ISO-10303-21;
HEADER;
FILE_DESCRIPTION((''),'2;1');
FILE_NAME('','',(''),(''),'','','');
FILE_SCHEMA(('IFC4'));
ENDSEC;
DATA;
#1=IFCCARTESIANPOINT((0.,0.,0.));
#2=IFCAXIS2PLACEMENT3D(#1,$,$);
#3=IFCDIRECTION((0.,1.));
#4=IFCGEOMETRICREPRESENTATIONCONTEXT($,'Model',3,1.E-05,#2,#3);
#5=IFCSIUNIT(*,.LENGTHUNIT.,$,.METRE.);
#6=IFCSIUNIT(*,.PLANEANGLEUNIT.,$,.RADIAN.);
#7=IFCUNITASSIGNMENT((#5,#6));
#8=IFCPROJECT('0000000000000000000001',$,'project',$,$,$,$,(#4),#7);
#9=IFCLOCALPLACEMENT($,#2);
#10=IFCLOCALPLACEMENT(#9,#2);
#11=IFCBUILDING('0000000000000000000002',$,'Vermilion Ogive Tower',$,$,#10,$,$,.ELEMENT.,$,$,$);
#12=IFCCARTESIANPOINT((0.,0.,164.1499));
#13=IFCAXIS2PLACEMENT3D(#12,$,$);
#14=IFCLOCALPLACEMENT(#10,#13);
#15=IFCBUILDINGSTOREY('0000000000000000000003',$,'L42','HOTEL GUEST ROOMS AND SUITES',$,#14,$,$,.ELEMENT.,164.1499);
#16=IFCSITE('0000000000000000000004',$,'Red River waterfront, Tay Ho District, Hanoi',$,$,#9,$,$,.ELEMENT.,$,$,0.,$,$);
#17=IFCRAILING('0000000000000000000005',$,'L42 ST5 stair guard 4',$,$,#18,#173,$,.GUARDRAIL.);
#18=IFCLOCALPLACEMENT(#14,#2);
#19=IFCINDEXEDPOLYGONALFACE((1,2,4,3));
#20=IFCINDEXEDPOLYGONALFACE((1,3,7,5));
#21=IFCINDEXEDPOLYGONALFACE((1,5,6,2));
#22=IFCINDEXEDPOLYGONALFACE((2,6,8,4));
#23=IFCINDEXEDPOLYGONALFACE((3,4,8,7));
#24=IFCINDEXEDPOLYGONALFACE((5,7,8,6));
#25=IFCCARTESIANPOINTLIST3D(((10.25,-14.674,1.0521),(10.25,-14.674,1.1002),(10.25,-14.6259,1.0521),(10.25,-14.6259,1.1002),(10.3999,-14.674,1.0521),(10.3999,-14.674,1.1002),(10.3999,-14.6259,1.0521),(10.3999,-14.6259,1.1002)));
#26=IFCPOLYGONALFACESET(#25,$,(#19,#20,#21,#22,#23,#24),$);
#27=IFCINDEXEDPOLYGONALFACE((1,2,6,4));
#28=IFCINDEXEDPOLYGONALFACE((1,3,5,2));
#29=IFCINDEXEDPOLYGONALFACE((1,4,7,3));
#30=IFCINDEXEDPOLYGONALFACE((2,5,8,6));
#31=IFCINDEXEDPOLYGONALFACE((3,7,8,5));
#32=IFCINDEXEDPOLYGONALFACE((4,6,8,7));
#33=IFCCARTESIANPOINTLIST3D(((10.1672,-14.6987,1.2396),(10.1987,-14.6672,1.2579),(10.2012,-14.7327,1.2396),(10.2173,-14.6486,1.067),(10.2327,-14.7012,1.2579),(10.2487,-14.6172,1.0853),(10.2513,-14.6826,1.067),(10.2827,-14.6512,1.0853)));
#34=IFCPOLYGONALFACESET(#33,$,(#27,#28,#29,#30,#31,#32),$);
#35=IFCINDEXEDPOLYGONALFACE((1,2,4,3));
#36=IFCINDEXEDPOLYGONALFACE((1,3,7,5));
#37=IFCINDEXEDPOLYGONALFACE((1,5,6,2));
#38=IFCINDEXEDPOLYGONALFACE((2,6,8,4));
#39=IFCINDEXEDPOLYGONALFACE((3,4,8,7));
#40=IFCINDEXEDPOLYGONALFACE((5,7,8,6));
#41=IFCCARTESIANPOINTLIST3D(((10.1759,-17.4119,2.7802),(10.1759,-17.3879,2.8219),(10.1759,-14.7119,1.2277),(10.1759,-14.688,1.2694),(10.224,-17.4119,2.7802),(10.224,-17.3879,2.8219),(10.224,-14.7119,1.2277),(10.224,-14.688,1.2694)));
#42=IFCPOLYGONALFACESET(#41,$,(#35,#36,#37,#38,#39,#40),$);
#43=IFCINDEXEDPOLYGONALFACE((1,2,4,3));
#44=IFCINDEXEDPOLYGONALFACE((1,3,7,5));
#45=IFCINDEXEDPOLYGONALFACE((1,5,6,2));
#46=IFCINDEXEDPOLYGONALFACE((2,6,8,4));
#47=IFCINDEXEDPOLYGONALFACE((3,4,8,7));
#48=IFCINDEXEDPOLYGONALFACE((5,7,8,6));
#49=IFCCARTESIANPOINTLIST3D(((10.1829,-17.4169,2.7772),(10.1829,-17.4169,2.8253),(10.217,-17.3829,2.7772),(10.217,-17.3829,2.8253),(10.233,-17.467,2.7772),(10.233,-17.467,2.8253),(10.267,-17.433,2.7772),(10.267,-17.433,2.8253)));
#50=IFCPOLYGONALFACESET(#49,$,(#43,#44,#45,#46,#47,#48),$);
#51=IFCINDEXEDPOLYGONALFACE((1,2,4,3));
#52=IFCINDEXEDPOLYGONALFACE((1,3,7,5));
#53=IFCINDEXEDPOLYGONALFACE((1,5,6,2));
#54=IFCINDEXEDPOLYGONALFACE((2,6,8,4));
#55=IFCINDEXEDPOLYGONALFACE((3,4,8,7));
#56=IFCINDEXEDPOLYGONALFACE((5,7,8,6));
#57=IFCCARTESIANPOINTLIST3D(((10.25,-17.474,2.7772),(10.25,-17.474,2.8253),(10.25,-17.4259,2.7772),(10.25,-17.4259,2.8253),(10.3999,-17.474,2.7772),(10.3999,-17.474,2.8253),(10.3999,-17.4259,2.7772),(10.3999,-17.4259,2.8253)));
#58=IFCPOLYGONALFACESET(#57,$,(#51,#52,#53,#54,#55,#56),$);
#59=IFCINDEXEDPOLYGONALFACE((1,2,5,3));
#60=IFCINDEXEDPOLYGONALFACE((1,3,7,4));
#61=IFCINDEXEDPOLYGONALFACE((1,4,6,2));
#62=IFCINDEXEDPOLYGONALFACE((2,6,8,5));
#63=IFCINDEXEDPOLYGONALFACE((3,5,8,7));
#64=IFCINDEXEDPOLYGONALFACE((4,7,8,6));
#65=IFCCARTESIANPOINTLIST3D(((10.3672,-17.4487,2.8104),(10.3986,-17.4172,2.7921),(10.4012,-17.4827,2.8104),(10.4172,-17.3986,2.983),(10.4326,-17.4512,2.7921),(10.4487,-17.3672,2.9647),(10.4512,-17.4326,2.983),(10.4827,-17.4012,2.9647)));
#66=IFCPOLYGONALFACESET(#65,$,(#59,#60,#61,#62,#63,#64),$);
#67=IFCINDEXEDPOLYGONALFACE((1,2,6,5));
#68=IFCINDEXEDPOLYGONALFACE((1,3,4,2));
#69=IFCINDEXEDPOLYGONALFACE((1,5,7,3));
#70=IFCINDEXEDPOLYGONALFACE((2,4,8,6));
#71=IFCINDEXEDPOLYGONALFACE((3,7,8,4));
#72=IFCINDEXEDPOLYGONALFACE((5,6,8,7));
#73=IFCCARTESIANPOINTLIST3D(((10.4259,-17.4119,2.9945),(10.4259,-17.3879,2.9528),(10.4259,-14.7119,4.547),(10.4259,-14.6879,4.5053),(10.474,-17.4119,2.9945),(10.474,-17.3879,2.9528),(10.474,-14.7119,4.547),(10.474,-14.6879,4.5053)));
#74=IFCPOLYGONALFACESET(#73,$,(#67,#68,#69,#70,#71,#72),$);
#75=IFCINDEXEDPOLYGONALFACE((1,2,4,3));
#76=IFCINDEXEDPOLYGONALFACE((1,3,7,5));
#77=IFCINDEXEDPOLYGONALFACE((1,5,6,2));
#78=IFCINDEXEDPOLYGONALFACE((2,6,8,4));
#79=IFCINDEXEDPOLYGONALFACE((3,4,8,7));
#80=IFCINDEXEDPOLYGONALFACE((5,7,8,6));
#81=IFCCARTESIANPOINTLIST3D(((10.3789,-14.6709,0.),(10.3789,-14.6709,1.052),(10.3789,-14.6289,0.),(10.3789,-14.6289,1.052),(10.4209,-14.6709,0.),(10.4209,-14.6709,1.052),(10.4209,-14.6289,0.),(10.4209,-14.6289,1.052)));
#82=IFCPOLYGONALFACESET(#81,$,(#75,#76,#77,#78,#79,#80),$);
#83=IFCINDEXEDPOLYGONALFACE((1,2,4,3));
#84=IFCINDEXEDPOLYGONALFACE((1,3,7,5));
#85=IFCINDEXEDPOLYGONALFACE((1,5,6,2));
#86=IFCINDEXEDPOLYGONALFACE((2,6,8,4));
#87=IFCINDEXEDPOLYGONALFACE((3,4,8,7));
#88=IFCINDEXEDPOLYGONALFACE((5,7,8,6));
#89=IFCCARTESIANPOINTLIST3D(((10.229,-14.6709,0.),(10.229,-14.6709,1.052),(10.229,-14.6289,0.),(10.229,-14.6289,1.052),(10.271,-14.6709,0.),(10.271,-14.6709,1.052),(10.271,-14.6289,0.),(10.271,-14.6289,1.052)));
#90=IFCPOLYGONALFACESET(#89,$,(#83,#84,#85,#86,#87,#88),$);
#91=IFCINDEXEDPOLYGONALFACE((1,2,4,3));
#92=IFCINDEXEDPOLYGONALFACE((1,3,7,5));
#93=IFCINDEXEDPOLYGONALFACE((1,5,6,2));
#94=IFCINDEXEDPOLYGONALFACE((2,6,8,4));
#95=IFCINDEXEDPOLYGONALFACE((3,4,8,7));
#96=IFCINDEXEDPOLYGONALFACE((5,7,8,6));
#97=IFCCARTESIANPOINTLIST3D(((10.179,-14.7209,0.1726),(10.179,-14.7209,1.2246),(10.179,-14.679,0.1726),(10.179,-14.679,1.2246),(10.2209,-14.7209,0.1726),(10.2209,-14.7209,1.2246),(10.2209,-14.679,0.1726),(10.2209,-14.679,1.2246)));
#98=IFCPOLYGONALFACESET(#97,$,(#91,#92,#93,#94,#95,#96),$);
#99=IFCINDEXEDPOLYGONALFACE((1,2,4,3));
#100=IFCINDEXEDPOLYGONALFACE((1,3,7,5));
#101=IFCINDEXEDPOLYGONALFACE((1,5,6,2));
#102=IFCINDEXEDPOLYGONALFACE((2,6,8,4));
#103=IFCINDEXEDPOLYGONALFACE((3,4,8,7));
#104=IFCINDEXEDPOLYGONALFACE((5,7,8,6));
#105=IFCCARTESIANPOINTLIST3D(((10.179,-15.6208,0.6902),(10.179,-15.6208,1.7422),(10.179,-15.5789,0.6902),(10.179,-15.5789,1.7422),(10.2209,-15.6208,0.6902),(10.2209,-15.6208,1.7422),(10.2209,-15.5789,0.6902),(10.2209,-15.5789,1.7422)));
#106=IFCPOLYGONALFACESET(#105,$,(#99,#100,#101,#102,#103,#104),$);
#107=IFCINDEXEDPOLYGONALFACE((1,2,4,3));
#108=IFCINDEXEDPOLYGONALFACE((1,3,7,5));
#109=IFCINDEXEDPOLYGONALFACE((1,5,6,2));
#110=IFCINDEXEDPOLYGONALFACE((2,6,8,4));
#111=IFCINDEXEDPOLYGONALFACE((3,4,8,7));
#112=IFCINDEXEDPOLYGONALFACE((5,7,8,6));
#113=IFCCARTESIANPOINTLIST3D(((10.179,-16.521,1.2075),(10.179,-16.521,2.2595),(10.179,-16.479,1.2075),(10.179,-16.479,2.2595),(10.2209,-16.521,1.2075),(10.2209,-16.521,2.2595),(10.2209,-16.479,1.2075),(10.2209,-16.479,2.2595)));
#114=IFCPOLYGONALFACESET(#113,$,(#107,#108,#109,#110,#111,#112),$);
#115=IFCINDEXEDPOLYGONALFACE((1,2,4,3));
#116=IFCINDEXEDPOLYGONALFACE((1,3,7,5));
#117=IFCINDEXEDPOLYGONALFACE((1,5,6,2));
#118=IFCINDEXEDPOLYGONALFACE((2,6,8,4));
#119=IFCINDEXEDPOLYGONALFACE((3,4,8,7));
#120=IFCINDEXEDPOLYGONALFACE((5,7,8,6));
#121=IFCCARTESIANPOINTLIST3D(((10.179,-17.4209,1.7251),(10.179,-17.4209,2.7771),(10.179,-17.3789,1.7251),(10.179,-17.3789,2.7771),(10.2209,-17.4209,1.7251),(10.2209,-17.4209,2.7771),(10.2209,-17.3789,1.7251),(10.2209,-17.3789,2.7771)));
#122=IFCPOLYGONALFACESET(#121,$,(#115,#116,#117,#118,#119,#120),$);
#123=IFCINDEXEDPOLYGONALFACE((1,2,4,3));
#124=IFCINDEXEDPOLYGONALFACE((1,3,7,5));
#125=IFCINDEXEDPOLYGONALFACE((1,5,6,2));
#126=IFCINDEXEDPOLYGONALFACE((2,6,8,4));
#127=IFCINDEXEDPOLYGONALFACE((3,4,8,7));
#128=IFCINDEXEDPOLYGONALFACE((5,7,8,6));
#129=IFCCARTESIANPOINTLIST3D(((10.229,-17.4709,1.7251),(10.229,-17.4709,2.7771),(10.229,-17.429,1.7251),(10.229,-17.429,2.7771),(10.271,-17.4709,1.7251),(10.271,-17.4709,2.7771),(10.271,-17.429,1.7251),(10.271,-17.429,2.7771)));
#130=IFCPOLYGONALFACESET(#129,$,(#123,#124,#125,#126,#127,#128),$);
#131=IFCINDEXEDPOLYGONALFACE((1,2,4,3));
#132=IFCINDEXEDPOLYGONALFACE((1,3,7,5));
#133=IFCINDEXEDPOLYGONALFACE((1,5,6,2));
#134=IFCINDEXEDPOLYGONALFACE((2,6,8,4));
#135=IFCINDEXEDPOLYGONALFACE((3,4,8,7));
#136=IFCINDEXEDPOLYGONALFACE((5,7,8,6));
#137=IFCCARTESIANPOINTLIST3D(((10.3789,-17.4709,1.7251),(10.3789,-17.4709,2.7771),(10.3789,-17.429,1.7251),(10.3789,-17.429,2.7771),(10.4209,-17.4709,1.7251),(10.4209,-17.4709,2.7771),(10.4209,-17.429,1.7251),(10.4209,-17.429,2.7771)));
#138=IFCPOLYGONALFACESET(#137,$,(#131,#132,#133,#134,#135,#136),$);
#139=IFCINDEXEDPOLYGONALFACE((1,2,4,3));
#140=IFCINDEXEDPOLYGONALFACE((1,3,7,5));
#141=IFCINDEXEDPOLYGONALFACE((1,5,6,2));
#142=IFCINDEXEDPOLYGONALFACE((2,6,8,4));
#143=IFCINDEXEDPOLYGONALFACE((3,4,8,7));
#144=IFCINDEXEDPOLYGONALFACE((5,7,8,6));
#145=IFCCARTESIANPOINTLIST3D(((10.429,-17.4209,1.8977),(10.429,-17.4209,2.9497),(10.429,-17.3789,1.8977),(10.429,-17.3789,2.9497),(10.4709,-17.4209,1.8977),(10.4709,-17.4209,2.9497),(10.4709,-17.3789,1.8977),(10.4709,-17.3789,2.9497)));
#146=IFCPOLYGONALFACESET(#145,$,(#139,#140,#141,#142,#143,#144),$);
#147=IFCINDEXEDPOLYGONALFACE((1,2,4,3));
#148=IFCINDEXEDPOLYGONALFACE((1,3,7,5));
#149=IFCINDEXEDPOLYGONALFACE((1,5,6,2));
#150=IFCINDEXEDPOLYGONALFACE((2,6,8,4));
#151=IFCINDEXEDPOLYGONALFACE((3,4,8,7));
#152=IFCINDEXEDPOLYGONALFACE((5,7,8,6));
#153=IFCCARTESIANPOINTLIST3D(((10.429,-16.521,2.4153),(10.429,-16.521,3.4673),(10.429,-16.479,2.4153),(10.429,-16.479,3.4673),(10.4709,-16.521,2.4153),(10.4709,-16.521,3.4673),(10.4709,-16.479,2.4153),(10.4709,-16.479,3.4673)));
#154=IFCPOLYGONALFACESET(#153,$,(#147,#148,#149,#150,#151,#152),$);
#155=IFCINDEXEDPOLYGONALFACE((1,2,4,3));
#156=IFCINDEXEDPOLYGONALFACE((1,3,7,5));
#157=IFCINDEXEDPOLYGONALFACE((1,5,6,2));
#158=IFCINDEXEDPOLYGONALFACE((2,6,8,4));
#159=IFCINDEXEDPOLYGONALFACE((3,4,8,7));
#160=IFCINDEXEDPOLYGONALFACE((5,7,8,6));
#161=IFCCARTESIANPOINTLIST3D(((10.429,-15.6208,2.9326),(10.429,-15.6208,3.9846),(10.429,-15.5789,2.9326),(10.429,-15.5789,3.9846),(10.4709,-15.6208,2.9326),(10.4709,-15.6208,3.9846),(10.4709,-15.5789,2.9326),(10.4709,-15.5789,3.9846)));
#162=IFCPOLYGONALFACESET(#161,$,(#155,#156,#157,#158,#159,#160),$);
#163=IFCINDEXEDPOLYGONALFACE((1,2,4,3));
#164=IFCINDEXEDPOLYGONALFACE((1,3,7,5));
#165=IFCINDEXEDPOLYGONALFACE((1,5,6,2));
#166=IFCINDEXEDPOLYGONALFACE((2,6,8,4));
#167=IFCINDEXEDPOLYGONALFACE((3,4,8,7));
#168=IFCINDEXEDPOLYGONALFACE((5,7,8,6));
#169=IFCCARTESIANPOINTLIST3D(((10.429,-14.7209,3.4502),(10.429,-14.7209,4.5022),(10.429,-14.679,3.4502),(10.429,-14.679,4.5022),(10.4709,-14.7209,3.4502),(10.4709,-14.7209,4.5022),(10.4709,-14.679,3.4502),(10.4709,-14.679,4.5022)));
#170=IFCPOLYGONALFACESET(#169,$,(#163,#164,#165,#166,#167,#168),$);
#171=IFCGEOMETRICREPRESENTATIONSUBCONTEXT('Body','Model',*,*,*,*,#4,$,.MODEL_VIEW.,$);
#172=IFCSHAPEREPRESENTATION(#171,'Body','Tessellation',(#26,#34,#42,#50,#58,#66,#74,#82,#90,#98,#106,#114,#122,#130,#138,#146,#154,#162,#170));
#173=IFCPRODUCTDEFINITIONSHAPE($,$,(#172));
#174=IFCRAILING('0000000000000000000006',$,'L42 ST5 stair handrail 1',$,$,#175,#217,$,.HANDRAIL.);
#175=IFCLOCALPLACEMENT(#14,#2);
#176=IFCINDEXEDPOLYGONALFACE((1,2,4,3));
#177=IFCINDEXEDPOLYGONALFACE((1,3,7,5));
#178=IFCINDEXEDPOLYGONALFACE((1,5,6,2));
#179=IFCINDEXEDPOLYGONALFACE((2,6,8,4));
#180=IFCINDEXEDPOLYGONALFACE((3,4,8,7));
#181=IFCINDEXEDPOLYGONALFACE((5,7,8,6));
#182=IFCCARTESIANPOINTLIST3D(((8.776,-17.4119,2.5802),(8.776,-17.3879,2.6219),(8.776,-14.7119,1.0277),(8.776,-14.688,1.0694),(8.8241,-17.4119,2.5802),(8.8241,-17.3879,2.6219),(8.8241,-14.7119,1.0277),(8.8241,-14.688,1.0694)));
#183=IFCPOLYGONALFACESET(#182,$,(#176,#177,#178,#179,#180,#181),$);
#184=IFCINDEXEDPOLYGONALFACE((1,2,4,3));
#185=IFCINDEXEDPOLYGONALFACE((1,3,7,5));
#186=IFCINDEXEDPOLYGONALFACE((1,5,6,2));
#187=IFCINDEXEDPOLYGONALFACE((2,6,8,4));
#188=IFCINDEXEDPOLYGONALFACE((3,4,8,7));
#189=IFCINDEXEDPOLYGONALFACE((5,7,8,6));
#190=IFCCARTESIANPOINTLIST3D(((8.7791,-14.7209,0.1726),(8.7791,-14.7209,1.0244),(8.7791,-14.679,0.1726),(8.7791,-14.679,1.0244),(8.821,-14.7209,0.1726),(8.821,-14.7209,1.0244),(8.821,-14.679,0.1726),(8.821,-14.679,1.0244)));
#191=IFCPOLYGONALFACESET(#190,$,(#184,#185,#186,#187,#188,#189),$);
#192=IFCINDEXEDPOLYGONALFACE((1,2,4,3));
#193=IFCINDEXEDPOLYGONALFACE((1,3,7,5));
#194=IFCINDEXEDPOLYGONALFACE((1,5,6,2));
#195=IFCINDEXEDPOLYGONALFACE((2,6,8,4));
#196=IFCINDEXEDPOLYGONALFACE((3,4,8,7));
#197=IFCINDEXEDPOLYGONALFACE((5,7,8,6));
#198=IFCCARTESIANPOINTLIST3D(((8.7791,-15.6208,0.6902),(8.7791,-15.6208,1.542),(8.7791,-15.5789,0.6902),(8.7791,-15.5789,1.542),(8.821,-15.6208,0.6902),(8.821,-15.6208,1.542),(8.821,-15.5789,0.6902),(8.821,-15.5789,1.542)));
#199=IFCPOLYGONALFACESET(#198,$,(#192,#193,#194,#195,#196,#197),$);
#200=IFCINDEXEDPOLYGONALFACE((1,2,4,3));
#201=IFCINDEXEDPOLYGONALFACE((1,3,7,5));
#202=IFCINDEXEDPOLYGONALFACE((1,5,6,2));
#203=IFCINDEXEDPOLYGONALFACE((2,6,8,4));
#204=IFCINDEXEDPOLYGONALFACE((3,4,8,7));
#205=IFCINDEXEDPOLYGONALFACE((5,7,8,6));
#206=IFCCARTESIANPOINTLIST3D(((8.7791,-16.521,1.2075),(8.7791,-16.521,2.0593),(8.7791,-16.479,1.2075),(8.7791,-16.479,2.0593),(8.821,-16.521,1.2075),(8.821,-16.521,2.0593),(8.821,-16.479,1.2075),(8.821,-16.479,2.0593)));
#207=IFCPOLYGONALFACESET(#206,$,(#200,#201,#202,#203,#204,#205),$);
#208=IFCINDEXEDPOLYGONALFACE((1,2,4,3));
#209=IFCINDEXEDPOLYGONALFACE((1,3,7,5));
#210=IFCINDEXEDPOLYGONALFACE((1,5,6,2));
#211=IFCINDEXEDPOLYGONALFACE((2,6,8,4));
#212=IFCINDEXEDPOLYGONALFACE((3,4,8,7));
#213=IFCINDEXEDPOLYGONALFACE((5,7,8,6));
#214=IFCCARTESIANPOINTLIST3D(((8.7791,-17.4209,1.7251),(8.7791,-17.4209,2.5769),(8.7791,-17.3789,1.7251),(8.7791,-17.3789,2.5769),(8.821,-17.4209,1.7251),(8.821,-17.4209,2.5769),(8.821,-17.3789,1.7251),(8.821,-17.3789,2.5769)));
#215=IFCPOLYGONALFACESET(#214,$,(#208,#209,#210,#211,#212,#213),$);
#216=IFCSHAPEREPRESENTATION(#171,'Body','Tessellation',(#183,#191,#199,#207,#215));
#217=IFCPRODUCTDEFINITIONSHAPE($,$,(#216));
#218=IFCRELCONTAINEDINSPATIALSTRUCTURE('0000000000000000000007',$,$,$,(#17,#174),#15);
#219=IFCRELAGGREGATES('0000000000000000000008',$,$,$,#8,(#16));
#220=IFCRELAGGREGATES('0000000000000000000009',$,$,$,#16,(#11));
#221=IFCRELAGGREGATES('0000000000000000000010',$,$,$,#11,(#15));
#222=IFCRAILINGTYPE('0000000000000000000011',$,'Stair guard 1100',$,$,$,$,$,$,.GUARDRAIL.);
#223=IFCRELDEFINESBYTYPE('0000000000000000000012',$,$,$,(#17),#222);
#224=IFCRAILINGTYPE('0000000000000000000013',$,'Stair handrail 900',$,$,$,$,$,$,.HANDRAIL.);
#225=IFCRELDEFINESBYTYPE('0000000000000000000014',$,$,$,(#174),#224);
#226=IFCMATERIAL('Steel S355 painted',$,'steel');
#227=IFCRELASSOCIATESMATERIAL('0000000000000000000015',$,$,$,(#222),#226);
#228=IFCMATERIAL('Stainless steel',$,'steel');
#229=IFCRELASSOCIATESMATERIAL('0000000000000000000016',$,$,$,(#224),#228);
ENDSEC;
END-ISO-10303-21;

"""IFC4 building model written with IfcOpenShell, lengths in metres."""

from ifc_helpers import new_model, si_unit, direction, frame, origin, origin_2d, place, context, subcontext, project, spatial, rectangle, extrude, material, type_object, element, save


model = new_model("IFC4")

# Units and contexts
model_context = context("Model", 3, precision=1e-05, world=origin(), true_north=direction((0.0, 1.0)))
body_context = subcontext(model_context, "Body", "Model", "MODEL_VIEW")
ifc_project = project(units=[si_unit("LENGTHUNIT", "METRE"), si_unit("PLANEANGLEUNIT", "RADIAN")], contexts=[model_context])

# Site, building, storey
site_placement = place(None, origin())
site = spatial("IfcSite", under=ifc_project, at=site_placement, Name="Red River waterfront, Tay Ho District, Hanoi", CompositionType="ELEMENT", RefElevation=0.0)
building_placement = place(site_placement, origin())
building = spatial("IfcBuilding", under=site, at=building_placement, Name="Vermilion Ogive Tower", CompositionType="ELEMENT")
storey_placement = place(building_placement, frame((0.0, 0.0, 164.1499)))
storey = spatial("IfcBuildingStorey", under=building, at=storey_placement, Name="L42", Description="HOTEL GUEST ROOMS AND SUITES", CompositionType="ELEMENT", Elevation=164.1499)

# Railings
ifc_material_1 = material(Name="Steel S355 painted", Category="steel")
railing_type_1 = type_object("IfcRailingType", Name="Stair guard 1100", PredefinedType="GUARDRAIL", material=ifc_material_1)
railing_1_placement = place(storey_placement, frame((10.3999, -14.6499, 0.0)))
element("IfcRailing", 1, at=railing_1_placement, inside=storey, type_object=railing_type_1, Name="L42 ST5 stair guard 4", PredefinedType="GUARDRAIL", context=body_context, shape_type="SweptSolid", body=[
    extrude(rectangle(XDim=0.0481, YDim=0.0481, at=origin_2d()), frame((0.0, 0.0, 1.0762), z_axis=(-1.0, 0.0, 0.0), x_axis=(0.0, -1.0, 0.0)), (0.0, 0.0, 1.0), 0.1499),
    extrude(rectangle(XDim=0.0481, YDim=0.0481, at=origin_2d()), frame((-0.1499, 0.0, 1.0762), z_axis=(-0.268278, -0.268278, 0.925232), x_axis=(0.707107, -0.707107, 0.0)), (0.0, 0.0, 1.0), 0.1865),
    extrude(rectangle(XDim=0.0481, YDim=0.0481, at=origin_2d()), frame((-0.2, -0.05, 1.2485), z_axis=(0.0, -0.866904, 0.498476), x_axis=(1.0, 0.0, 0.0)), (0.0, 0.0, 1.0), 3.1145),
    extrude(rectangle(XDim=0.0481, YDim=0.0481, at=origin_2d()), frame((-0.2, -2.75, 2.8013), z_axis=(0.707107, -0.707107, 0.0), x_axis=(0.707107, 0.707107, 0.0)), (0.0, 0.0, 1.0), 0.0708),
    extrude(rectangle(XDim=0.0481, YDim=0.0481, at=origin_2d()), frame((-0.1499, -2.8, 2.8013), z_axis=(1.0, 0.0, 0.0), x_axis=(0.0, 1.0, 0.0)), (0.0, 0.0, 1.0), 0.1499),
    extrude(rectangle(XDim=0.0481, YDim=0.0481, at=origin_2d()), frame((0.0, -2.8, 2.8013), z_axis=(0.268278, 0.268278, 0.925232), x_axis=(-0.707107, 0.707107, 0.0)), (0.0, 0.0, 1.0), 0.1865),
    extrude(rectangle(XDim=0.0481, YDim=0.0481, at=origin_2d()), frame((0.05, -2.75, 2.9736), z_axis=(0.0, 0.866904, 0.498476), x_axis=(-1.0, 0.0, 0.0)), (0.0, 0.0, 1.0), 3.1145),
    extrude(rectangle(XDim=0.042, YDim=0.042, at=origin_2d()), origin(), (0.0, 0.0, 1.0), 1.052),
    extrude(rectangle(XDim=0.042, YDim=0.042, at=origin_2d()), frame((-0.1499, 0.0, 0.0)), (0.0, 0.0, 1.0), 1.052),
    extrude(rectangle(XDim=0.042, YDim=0.042, at=origin_2d()), frame((-0.2, -0.05, 0.1726)), (0.0, 0.0, 1.0), 1.052),
    extrude(rectangle(XDim=0.042, YDim=0.042, at=origin_2d()), frame((-0.2, -0.95, 0.6902)), (0.0, 0.0, 1.0), 1.052),
    extrude(rectangle(XDim=0.042, YDim=0.042, at=origin_2d()), frame((-0.2, -1.8501, 1.2075)), (0.0, 0.0, 1.0), 1.052),
    extrude(rectangle(XDim=0.042, YDim=0.042, at=origin_2d()), frame((-0.2, -2.75, 1.7251)), (0.0, 0.0, 1.0), 1.052),
    extrude(rectangle(XDim=0.042, YDim=0.042, at=origin_2d()), frame((-0.1499, -2.8, 1.7251)), (0.0, 0.0, 1.0), 1.052),
    extrude(rectangle(XDim=0.042, YDim=0.042, at=origin_2d()), frame((0.0, -2.8, 1.7251)), (0.0, 0.0, 1.0), 1.052),
    extrude(rectangle(XDim=0.042, YDim=0.042, at=origin_2d()), frame((0.05, -2.75, 1.8977)), (0.0, 0.0, 1.0), 1.052),
    extrude(rectangle(XDim=0.042, YDim=0.042, at=origin_2d()), frame((0.05, -1.8501, 2.4153)), (0.0, 0.0, 1.0), 1.052),
    extrude(rectangle(XDim=0.042, YDim=0.042, at=origin_2d()), frame((0.05, -0.95, 2.9326)), (0.0, 0.0, 1.0), 1.052),
    extrude(rectangle(XDim=0.042, YDim=0.042, at=origin_2d()), frame((0.05, -0.05, 3.4502)), (0.0, 0.0, 1.0), 1.052),
])
ifc_material_2 = material(Name="Stainless steel", Category="steel")
railing_type_2 = type_object("IfcRailingType", Name="Stair handrail 900", PredefinedType="HANDRAIL", material=ifc_material_2)
railing_2_placement = place(storey_placement, frame((8.8, -14.7, 0.1726)))
element("IfcRailing", 2, at=railing_2_placement, inside=storey, type_object=railing_type_2, Name="L42 ST5 stair handrail 1", PredefinedType="HANDRAIL", context=body_context, shape_type="SweptSolid", body=[
    extrude(rectangle(XDim=0.0481, YDim=0.0481, at=origin_2d()), frame((0.0, 0.0, 0.876), z_axis=(0.0, -0.866904, 0.498476), x_axis=(1.0, 0.0, 0.0)), (0.0, 0.0, 1.0), 3.1145),
    extrude(rectangle(XDim=0.042, YDim=0.042, at=origin_2d()), origin(), (0.0, 0.0, 1.0), 0.8518),
    extrude(rectangle(XDim=0.042, YDim=0.042, at=origin_2d()), frame((0.0, -0.8999, 0.5176)), (0.0, 0.0, 1.0), 0.8518),
    extrude(rectangle(XDim=0.042, YDim=0.042, at=origin_2d()), frame((0.0, -1.8, 1.0349)), (0.0, 0.0, 1.0), 0.8518),
    extrude(rectangle(XDim=0.042, YDim=0.042, at=origin_2d()), frame((0.0, -2.7, 1.5525)), (0.0, 0.0, 1.0), 0.8518),
])

save(model, "model.ifc")
